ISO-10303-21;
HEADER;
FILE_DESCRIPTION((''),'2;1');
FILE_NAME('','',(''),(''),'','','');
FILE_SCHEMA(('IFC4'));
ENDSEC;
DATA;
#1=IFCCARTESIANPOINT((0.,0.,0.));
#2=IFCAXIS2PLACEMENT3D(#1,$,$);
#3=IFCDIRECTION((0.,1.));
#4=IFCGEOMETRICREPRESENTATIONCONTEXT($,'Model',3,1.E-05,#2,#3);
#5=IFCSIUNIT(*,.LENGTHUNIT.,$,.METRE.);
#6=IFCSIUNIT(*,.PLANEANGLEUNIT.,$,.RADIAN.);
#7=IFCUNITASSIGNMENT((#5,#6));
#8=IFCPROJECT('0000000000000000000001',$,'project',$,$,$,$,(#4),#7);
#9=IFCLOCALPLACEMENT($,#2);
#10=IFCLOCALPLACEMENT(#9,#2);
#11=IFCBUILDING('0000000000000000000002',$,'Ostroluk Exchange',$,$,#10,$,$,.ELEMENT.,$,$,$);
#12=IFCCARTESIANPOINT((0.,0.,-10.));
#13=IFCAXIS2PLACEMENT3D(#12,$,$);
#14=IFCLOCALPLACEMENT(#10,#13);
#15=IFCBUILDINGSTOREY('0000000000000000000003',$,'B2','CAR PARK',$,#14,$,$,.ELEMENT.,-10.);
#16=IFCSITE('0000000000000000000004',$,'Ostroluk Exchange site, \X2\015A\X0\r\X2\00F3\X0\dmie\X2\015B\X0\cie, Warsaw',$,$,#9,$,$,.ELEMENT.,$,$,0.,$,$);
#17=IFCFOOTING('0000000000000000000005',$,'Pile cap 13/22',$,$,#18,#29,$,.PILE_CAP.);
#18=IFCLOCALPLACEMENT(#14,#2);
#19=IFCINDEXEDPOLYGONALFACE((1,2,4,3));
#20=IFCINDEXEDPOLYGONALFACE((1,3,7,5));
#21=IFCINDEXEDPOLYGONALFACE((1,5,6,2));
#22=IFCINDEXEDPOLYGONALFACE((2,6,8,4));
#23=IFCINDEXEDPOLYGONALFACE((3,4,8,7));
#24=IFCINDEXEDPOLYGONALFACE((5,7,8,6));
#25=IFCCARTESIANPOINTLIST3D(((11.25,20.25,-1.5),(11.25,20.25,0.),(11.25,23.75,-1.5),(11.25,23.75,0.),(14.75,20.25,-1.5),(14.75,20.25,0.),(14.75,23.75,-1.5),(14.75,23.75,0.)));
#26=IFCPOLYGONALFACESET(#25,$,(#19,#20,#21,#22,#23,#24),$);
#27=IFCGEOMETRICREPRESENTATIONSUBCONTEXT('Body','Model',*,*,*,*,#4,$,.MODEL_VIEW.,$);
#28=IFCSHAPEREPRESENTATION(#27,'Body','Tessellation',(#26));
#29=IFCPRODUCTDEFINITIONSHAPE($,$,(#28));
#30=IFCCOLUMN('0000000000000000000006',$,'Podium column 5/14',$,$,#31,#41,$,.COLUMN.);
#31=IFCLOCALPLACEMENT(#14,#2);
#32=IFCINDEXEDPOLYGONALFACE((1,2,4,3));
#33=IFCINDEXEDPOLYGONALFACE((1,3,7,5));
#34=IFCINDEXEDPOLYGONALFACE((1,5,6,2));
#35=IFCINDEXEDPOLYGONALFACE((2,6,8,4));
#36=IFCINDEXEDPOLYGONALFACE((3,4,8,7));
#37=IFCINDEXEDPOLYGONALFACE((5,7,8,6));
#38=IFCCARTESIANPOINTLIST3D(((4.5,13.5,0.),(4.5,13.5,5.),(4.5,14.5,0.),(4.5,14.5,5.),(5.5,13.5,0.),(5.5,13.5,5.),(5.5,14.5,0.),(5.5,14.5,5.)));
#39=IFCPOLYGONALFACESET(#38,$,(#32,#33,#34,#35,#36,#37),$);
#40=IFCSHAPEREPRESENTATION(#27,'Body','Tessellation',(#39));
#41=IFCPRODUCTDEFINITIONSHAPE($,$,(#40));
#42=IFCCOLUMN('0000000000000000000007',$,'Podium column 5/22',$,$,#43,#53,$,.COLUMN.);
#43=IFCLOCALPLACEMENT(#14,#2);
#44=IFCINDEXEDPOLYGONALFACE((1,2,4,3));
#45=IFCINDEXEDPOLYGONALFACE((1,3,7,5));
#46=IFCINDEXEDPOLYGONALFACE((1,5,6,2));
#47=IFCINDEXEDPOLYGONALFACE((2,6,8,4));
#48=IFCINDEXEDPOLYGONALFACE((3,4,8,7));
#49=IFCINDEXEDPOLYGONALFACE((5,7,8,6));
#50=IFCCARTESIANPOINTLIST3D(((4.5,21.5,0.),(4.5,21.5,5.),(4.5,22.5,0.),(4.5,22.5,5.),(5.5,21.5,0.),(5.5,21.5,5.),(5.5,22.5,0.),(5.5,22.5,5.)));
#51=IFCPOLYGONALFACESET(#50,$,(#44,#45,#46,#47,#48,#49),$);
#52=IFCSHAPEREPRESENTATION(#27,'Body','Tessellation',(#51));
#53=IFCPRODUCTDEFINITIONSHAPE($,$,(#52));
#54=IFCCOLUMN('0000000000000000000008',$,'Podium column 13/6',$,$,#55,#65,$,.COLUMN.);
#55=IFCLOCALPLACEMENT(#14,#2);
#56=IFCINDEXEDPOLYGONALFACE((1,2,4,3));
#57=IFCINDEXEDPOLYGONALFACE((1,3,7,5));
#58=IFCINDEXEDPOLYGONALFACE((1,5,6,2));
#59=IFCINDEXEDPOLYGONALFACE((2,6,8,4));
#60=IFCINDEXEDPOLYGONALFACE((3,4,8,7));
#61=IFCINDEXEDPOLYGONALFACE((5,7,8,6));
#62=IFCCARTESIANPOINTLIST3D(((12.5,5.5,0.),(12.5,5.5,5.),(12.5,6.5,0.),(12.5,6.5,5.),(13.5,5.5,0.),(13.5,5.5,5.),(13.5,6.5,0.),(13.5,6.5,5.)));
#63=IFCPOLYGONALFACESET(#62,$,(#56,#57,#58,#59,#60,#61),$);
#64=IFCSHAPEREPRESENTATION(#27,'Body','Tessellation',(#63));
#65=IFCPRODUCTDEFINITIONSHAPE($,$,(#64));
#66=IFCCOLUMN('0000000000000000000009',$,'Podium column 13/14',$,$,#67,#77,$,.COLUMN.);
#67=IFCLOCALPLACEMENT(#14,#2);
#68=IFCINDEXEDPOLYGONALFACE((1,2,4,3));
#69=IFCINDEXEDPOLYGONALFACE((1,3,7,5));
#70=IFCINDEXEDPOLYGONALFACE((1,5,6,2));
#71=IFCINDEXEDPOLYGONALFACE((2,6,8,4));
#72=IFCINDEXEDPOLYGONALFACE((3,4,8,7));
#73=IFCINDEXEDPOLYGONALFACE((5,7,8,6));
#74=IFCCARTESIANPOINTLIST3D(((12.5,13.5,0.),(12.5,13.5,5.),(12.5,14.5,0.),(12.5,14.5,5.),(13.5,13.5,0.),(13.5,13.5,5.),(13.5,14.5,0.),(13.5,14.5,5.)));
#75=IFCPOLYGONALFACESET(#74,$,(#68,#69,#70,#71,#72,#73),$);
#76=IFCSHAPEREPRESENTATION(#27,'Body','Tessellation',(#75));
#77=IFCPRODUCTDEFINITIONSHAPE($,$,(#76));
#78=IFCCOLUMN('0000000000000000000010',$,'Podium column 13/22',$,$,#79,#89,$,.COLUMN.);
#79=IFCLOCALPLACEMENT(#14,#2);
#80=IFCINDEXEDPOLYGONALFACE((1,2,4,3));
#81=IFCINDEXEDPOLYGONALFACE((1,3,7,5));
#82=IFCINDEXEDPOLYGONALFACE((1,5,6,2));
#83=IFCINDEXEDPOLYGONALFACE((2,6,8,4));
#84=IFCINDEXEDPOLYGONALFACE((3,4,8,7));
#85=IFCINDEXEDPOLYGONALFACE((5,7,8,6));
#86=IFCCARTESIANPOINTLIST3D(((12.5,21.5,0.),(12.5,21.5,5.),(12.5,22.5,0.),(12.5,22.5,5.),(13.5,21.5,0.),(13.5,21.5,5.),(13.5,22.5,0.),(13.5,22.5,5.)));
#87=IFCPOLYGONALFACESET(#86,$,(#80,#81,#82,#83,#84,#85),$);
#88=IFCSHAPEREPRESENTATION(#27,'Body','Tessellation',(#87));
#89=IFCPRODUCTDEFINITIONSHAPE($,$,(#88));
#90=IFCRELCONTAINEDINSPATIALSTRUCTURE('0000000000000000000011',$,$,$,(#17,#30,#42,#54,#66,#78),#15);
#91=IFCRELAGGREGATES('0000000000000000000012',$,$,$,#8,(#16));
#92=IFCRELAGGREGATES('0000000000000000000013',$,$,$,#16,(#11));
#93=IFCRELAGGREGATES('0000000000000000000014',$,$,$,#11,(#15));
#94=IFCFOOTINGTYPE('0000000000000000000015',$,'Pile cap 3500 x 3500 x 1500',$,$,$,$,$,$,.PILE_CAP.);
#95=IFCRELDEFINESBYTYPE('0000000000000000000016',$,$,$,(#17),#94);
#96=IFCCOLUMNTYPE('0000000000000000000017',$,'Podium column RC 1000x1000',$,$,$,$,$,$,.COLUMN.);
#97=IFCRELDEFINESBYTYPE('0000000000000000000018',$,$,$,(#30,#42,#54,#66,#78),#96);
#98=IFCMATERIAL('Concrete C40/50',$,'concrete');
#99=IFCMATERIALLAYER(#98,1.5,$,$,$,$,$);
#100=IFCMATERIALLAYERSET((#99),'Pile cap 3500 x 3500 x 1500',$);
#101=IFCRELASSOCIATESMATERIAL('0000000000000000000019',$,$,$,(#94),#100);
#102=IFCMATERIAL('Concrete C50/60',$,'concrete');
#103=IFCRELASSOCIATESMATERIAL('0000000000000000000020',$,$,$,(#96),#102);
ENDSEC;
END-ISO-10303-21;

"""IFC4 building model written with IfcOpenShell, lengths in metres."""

from ifc_helpers import new_model, si_unit, direction, frame, origin, origin_2d, place, context, subcontext, project, spatial, rectangle, extrude, material, layer, layer_set, material_profile, profile_set, type_object, element, save


model = new_model("IFC4")

# Units and contexts
model_context = context("Model", 3, precision=1e-05, world=origin(), true_north=direction((0.0, 1.0)))
body_context = subcontext(model_context, "Body", "Model", "MODEL_VIEW")
ifc_project = project(units=[si_unit("LENGTHUNIT", "METRE"), si_unit("PLANEANGLEUNIT", "RADIAN")], contexts=[model_context])

# Site, building, storey
site_placement = place(None, origin())
site = spatial("IfcSite", under=ifc_project, at=site_placement, Name="Ostroluk Exchange site, Śródmieście, Warsaw", CompositionType="ELEMENT", RefElevation=0.0)
building_placement = place(site_placement, origin())
building = spatial("IfcBuilding", under=site, at=building_placement, Name="Ostroluk Exchange", CompositionType="ELEMENT")
storey_placement = place(building_placement, frame((0.0, 0.0, -10.0)))
storey = spatial("IfcBuildingStorey", under=building, at=storey_placement, Name="B2", Description="CAR PARK", CompositionType="ELEMENT", Elevation=-10.0)

# Footing
ifc_material_1 = material(Name="Concrete C40/50", Category="concrete")
ifc_layer_1 = layer(ifc_material_1, 1.5)
ifc_layer_set_1 = layer_set([ifc_layer_1], Name="Pile cap 3500 x 3500 x 1500")
footing_type = type_object("IfcFootingType", Name="Pile cap 3500 x 3500 x 1500", PredefinedType="PILE_CAP", material=ifc_layer_set_1)
for number, where, z_axis, x_axis, name in (
    (1, (13.0, 22.0, -1.5), (0.0, 0.0, 1.0), (1.0, 0.0, 0.0), "Pile cap 13/22"),
):
    element("IfcFooting", number, at=place(storey_placement, frame(where, z_axis=z_axis, x_axis=x_axis)), inside=storey, type_object=footing_type, Name=name, PredefinedType="PILE_CAP", context=body_context, shape_type="SweptSolid", body=[
        extrude(rectangle(XDim=3.5, YDim=3.5, at=origin_2d()), origin(), (0.0, 0.0, 1.0), 1.5),
    ])

# Columns
ifc_material_2 = material(Name="Concrete C50/60", Category="concrete")
ifc_material_profile = material_profile(ifc_material_2, rectangle(XDim=1.0, YDim=1.0, at=origin_2d()), Name="RC 1000x1000")
ifc_profile_set = profile_set([ifc_material_profile], Name="Concrete C50/60")
column_type = type_object("IfcColumnType", Name="Podium column RC 1000x1000", PredefinedType="COLUMN", material=ifc_profile_set)
for number, where, z_axis, x_axis, name in (
    (2, (5.0, 14.0, 0.0), (0.0, 0.0, 1.0), (1.0, 0.0, 0.0), "Podium column 5/14"),
    (3, (5.0, 22.0, 0.0), (0.0, 0.0, 1.0), (1.0, 0.0, 0.0), "Podium column 5/22"),
    (4, (13.0, 6.0, 0.0), (0.0, 0.0, 1.0), (1.0, 0.0, 0.0), "Podium column 13/6"),
    (5, (13.0, 14.0, 0.0), (0.0, 0.0, 1.0), (1.0, 0.0, 0.0), "Podium column 13/14"),
    (6, (13.0, 22.0, 0.0), (0.0, 0.0, 1.0), (1.0, 0.0, 0.0), "Podium column 13/22"),
):
    element("IfcColumn", number, at=place(storey_placement, frame(where, z_axis=z_axis, x_axis=x_axis)), inside=storey, type_object=column_type, Name=name, PredefinedType="COLUMN", context=body_context, shape_type="SweptSolid", body=[
        extrude(rectangle(XDim=1.0, YDim=1.0, at=origin_2d()), origin(), (0.0, 0.0, 1.0), 5.0),
    ])

save(model, "model.ifc")
